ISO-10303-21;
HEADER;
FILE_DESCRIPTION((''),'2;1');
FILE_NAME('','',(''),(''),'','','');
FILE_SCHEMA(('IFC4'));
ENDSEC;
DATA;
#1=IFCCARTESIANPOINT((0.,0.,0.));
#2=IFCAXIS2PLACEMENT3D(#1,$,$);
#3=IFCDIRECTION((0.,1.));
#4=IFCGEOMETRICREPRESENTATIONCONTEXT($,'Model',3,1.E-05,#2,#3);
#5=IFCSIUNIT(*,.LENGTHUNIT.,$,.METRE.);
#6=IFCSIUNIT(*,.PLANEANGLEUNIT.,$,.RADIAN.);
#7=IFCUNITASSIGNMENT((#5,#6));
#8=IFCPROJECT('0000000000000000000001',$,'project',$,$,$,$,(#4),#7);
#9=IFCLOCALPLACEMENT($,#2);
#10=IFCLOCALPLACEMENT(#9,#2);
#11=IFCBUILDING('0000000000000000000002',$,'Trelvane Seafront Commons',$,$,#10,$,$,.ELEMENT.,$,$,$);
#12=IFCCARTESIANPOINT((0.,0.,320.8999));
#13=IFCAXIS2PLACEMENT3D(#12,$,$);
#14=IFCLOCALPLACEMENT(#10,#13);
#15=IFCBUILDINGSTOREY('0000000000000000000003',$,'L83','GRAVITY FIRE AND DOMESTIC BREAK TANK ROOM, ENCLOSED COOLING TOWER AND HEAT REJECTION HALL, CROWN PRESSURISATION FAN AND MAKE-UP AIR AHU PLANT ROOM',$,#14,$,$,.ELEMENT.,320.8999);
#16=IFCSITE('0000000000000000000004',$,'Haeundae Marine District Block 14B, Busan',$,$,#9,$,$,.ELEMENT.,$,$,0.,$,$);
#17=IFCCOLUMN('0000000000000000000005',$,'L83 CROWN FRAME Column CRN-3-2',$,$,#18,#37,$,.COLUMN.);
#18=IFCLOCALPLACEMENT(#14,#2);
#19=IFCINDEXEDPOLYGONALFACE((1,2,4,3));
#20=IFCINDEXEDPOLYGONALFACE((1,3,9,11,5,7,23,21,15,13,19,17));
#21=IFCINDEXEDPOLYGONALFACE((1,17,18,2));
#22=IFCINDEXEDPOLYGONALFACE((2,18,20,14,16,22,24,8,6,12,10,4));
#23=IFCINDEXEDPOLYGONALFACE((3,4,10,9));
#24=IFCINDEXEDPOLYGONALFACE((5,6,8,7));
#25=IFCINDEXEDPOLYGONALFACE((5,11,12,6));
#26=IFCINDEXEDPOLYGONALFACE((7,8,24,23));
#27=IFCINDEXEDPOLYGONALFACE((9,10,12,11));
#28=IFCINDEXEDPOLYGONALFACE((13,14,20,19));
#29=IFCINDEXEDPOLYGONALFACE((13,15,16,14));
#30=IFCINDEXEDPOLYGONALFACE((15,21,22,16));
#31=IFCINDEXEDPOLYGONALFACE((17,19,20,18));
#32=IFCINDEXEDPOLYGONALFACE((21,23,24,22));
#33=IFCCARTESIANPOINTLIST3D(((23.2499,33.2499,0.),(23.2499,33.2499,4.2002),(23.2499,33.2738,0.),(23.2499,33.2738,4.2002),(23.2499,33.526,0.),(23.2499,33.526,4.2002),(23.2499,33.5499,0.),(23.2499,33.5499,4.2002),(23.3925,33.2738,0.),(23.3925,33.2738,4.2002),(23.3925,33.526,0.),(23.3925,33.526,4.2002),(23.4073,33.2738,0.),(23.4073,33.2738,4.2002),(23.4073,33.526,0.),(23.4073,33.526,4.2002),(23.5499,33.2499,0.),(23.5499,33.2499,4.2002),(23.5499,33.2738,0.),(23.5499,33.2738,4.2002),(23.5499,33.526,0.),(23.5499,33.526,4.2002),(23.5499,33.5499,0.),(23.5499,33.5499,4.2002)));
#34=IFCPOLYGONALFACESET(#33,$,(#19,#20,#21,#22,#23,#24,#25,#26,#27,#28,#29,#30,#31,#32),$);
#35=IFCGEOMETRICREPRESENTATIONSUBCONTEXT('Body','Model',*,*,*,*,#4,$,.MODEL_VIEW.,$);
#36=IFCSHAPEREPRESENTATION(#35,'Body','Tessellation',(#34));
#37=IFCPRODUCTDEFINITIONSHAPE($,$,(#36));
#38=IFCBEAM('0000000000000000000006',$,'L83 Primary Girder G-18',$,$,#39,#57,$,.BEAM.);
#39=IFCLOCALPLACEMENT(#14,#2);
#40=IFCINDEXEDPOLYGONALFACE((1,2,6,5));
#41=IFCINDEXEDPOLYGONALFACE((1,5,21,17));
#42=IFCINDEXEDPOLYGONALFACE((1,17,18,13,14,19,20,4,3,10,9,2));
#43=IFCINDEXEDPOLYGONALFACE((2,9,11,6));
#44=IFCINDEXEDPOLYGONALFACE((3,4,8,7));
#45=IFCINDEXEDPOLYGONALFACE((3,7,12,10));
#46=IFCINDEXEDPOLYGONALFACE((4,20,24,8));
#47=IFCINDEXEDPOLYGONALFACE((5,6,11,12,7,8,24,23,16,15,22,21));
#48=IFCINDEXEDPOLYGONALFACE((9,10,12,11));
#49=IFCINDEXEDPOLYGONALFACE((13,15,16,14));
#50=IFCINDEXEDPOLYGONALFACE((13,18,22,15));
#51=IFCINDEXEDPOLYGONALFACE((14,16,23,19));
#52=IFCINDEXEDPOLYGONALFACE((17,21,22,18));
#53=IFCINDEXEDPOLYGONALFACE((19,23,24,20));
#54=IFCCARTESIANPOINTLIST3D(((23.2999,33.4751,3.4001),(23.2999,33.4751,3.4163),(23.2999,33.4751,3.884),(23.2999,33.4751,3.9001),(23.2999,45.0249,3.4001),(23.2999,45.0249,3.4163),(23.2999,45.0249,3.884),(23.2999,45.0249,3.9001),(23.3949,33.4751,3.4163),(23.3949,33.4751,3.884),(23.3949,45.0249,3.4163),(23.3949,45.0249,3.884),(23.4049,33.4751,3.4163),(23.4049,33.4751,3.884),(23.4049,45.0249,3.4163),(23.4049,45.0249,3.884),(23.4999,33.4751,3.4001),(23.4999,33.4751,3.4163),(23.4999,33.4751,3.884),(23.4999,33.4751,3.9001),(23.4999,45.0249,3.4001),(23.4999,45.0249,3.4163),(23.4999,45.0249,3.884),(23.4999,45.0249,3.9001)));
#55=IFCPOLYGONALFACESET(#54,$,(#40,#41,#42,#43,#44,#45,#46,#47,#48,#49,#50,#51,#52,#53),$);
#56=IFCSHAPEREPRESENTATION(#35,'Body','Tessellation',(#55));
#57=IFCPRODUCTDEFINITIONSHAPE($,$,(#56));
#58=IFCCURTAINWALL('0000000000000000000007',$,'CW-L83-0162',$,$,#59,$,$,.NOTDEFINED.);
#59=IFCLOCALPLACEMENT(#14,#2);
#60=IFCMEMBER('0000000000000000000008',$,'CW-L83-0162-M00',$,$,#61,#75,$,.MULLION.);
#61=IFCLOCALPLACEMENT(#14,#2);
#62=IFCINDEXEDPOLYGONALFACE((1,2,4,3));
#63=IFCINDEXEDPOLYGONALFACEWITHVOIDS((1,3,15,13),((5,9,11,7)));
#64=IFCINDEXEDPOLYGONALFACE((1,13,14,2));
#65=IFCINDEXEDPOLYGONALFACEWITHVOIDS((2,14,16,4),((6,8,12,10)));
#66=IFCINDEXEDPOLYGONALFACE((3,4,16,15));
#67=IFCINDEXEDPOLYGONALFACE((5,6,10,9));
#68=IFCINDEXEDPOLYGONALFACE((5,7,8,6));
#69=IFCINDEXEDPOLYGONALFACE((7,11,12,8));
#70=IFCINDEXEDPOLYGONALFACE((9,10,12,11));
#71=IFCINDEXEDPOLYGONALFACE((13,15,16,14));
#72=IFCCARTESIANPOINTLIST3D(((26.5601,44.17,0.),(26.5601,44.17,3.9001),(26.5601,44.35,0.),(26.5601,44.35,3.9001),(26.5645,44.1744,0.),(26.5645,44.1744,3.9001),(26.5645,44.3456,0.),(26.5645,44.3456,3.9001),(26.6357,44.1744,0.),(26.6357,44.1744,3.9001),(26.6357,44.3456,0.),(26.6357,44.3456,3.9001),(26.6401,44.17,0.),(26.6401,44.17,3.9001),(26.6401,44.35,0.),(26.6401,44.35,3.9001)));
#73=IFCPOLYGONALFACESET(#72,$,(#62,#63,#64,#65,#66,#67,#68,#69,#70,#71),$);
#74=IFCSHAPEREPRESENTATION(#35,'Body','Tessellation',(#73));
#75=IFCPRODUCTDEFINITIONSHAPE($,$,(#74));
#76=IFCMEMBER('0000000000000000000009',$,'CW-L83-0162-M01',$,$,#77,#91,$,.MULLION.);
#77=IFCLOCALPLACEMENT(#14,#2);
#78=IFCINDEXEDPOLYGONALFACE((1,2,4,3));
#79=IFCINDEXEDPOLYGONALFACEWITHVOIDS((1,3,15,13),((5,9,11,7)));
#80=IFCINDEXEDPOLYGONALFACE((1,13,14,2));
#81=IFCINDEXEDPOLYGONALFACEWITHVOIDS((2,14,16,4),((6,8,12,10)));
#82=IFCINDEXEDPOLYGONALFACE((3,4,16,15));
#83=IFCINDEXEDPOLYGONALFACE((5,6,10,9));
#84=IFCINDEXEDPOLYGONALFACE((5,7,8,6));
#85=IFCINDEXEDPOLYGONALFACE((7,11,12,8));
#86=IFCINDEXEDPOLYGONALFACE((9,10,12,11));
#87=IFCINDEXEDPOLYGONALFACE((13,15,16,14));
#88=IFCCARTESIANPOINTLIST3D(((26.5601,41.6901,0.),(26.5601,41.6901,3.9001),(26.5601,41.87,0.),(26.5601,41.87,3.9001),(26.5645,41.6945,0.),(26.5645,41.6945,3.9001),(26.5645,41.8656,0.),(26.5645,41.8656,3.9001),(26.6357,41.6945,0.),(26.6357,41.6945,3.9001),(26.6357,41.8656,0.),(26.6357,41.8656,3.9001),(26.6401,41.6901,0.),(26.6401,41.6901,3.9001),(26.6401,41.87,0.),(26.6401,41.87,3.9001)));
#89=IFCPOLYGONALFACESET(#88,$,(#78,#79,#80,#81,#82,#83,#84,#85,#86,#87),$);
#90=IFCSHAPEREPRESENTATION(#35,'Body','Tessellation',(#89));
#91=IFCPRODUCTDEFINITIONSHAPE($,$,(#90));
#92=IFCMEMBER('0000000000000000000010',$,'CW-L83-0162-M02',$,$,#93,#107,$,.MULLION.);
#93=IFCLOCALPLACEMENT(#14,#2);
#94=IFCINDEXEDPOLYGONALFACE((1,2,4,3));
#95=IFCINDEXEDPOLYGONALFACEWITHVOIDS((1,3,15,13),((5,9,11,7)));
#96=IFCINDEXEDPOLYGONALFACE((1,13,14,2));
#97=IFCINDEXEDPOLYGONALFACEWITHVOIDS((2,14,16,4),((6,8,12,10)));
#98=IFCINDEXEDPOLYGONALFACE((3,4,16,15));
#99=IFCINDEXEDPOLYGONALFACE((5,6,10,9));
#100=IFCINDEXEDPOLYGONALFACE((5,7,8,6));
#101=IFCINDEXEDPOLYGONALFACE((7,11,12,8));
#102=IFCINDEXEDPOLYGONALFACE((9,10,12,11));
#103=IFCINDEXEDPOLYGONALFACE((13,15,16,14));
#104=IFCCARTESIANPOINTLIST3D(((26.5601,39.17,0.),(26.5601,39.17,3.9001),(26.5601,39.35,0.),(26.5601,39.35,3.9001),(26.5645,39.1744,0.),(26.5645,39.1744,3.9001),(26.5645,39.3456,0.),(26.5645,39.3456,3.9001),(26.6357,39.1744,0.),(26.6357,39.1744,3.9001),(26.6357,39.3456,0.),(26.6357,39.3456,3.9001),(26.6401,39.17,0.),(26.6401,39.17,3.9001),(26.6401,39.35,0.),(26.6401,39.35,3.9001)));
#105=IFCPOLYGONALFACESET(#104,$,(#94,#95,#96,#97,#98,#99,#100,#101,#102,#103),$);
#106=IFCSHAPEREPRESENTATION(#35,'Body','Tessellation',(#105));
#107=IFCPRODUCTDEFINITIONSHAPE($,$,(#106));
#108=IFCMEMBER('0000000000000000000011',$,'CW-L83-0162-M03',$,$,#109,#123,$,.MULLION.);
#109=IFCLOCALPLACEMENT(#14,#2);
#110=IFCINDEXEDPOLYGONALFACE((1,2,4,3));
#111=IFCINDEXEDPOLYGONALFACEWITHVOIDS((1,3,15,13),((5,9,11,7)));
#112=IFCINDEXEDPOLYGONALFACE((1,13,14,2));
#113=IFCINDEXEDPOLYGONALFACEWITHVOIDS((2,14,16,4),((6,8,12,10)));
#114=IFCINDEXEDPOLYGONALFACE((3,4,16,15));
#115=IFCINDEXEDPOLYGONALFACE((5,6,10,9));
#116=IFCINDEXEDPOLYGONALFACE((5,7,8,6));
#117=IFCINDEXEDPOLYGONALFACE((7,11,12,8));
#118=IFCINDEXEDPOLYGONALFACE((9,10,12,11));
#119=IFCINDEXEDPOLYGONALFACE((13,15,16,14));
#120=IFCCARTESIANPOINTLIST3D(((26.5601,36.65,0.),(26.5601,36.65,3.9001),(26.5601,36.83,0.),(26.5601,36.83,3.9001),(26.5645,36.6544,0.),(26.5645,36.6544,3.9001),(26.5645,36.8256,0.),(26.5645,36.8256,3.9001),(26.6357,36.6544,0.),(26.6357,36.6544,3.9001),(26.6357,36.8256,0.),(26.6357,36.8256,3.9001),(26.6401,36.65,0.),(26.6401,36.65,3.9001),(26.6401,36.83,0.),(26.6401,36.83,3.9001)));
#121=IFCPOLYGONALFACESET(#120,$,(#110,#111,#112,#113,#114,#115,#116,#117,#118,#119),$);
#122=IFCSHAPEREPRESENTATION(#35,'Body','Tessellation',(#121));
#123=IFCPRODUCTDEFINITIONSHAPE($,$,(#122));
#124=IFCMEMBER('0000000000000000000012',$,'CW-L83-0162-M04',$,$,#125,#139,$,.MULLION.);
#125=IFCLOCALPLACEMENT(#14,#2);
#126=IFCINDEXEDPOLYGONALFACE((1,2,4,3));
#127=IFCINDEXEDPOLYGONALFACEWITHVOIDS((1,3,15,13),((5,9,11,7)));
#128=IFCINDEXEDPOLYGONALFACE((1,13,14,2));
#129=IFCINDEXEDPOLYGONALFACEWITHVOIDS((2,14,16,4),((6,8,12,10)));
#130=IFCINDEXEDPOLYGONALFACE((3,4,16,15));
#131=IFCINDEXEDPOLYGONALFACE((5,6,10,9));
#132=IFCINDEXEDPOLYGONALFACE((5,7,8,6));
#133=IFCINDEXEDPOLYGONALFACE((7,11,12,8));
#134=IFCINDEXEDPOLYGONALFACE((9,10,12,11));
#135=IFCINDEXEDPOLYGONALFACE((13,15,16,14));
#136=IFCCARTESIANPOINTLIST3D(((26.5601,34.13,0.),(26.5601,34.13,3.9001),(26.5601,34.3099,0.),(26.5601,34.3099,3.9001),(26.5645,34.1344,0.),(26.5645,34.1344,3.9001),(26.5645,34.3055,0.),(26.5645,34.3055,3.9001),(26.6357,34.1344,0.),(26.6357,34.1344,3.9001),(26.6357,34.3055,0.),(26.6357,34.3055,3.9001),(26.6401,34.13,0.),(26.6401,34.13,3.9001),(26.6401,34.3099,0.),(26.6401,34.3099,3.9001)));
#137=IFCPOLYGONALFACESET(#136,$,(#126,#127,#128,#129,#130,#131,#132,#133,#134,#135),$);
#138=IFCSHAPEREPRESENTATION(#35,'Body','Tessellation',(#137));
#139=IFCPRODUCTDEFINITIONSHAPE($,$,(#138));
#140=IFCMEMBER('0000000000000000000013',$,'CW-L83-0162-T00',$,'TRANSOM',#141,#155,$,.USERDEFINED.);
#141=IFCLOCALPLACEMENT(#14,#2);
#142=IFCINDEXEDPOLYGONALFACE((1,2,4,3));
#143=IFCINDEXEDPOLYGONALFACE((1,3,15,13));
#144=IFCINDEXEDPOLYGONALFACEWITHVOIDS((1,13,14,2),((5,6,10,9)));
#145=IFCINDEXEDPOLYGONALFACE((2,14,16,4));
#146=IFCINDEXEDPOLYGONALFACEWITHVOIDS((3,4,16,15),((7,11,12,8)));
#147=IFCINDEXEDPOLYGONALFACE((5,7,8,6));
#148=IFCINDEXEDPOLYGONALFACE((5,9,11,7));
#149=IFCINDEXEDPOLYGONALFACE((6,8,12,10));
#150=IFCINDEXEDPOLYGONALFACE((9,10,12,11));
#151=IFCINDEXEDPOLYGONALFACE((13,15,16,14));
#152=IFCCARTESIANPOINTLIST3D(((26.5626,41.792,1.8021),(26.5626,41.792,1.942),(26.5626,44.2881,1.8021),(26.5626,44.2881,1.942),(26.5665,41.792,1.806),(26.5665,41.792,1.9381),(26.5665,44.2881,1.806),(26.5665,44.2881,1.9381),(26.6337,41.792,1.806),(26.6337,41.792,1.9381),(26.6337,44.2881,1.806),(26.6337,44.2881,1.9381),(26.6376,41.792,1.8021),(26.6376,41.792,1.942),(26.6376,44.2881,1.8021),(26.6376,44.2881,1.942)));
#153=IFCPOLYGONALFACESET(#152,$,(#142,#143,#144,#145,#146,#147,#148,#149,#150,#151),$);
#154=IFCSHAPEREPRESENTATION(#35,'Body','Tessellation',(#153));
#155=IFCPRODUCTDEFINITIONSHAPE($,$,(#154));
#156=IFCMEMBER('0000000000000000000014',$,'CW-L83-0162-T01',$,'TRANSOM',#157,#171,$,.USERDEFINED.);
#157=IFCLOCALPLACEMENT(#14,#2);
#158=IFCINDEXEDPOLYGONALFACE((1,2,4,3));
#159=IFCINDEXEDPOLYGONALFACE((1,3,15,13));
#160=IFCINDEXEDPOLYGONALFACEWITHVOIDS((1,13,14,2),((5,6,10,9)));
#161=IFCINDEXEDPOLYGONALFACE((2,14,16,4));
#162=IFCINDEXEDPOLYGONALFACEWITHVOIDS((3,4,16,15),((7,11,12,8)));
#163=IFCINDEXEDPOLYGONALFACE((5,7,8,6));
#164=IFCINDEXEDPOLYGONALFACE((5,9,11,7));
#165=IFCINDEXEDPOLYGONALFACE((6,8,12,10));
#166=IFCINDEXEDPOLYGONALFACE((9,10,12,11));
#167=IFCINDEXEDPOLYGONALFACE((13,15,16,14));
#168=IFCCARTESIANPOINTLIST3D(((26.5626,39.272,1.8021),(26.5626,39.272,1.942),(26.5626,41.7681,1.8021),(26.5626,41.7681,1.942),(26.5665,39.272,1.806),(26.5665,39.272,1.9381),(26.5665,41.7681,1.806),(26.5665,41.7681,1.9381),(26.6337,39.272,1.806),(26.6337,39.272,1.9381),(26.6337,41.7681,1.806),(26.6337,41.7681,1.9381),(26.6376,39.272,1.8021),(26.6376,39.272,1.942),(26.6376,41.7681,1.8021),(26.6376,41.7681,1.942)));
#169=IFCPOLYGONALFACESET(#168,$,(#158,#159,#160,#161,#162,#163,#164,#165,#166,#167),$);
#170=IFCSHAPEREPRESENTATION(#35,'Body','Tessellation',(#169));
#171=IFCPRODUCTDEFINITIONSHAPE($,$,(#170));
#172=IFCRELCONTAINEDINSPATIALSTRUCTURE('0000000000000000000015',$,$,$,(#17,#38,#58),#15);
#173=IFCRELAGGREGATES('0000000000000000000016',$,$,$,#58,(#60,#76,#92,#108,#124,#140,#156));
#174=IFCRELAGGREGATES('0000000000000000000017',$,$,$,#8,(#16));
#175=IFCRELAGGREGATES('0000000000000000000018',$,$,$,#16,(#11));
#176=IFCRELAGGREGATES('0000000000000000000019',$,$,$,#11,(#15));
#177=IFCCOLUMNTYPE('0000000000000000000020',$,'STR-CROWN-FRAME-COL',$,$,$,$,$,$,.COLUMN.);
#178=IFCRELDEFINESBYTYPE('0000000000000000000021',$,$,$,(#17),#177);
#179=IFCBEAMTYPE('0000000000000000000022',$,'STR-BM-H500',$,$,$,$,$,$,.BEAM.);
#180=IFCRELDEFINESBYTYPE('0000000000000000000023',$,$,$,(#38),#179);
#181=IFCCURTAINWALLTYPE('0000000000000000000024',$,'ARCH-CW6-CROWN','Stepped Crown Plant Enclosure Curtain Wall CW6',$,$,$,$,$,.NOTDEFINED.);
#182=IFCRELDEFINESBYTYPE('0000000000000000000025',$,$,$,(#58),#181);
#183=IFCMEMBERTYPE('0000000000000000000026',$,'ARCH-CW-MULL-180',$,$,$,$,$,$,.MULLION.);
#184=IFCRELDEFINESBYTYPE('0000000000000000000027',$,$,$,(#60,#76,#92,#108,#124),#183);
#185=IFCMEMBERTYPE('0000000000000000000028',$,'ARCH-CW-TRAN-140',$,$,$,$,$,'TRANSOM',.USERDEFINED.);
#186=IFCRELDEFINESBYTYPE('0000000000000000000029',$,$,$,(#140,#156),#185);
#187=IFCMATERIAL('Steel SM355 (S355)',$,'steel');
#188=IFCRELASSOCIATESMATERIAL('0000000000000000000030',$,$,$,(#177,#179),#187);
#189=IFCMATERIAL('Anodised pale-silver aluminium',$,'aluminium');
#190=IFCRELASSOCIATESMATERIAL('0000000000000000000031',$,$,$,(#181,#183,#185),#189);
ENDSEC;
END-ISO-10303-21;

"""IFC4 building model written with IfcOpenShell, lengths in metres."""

from ifc_helpers import new_model, si_unit, direction, frame, origin, origin_2d, place, context, subcontext, project, spatial, hollow_rectangle, i_section, extrude, source, transform, mapped, material, material_profile, profile_set, type_object, element, aggregate, save


model = new_model("IFC4")

# Units and contexts
model_context = context("Model", 3, precision=1e-05, world=origin(), true_north=direction((0.0, 1.0)))
body_context = subcontext(model_context, "Body", "Model", "MODEL_VIEW")
ifc_project = project(units=[si_unit("LENGTHUNIT", "METRE"), si_unit("PLANEANGLEUNIT", "RADIAN")], contexts=[model_context])

# Site, building, storey
site_placement = place(None, origin())
site = spatial("IfcSite", under=ifc_project, at=site_placement, Name="Haeundae Marine District Block 14B, Busan", CompositionType="ELEMENT", RefElevation=0.0)
building_placement = place(site_placement, origin())
building = spatial("IfcBuilding", under=site, at=building_placement, Name="Trelvane Seafront Commons", CompositionType="ELEMENT")
storey_placement = place(building_placement, frame((0.0, 0.0, 320.8999)))
storey = spatial("IfcBuildingStorey", under=building, at=storey_placement, Name="L83", Description="GRAVITY FIRE AND DOMESTIC BREAK TANK ROOM, ENCLOSED COOLING TOWER AND HEAT REJECTION HALL, CROWN PRESSURISATION FAN AND MAKE-UP AIR AHU PLANT ROOM", CompositionType="ELEMENT", Elevation=320.8999)

# Column
ifc_material_1 = material(Name="Steel SM355 (S355)", Category="steel")
ifc_material_profile_1 = material_profile(ifc_material_1, i_section(OverallWidth=0.3, OverallDepth=0.3, WebThickness=0.0149, FlangeThickness=0.0239, at=origin_2d()), Name="HD-300x300x15x24")
ifc_profile_set_1 = profile_set([ifc_material_profile_1], Name="Steel SM355 (S355)")
column_type = type_object("IfcColumnType", Name="STR-CROWN-FRAME-COL", PredefinedType="COLUMN", material=ifc_profile_set_1)
shared_shape_1 = source(origin(), body_context, "Body", "SweptSolid", [
    extrude(i_section(OverallWidth=0.3, OverallDepth=0.3, WebThickness=0.0149, FlangeThickness=0.0239, at=origin_2d()), origin(), (0.0, 0.0, 1.0), 4.2002),
])
column_placement = place(storey_placement, frame((23.3999, 33.3999, 0.0), z_axis=(0.0, 0.0, 1.0), x_axis=(1.0, 0.0, 0.0)))
element("IfcColumn", 1, at=column_placement, inside=storey, type_object=column_type, Name="L83 CROWN FRAME Column CRN-3-2", PredefinedType="COLUMN", context=body_context, shape_type="MappedRepresentation", body=[
    mapped(shared_shape_1, transform((0.0, 0.0, 0.0), x_axis=(1.0, 0.0, 0.0), y_axis=(0.0, 1.0, 0.0), z_axis=(0.0, 0.0, 1.0), scale=1.0)),
])

# Beam
ifc_material_profile_2 = material_profile(ifc_material_1, i_section(OverallWidth=0.2, OverallDepth=0.5, WebThickness=0.01, FlangeThickness=0.0161, at=origin_2d()), Name="H-500x200x10x16")
ifc_profile_set_2 = profile_set([ifc_material_profile_2], Name="Steel SM355 (S355)")
beam_type = type_object("IfcBeamType", Name="STR-BM-H500", PredefinedType="BEAM", material=ifc_profile_set_2)
shared_shape_2 = source(origin(), body_context, "Body", "SweptSolid", [
    extrude(i_section(OverallWidth=0.2, OverallDepth=0.5, WebThickness=0.01, FlangeThickness=0.0161, at=origin_2d()), origin(), (0.0, 0.0, 1.0), 11.5498),
])
beam_placement = place(storey_placement, frame((23.3999, 33.4751, 3.6501), z_axis=(0.0, 1.0, 0.0), x_axis=(-1.0, 0.0, 0.0)))
element("IfcBeam", 2, at=beam_placement, inside=storey, type_object=beam_type, Name="L83 Primary Girder G-18", PredefinedType="BEAM", context=body_context, shape_type="MappedRepresentation", body=[
    mapped(shared_shape_2, transform((0.0, 0.0, 0.0), x_axis=(1.0, 0.0, 0.0), y_axis=(0.0, 1.0, 0.0), z_axis=(0.0, 0.0, 1.0), scale=1.0)),
])

# Curtain wall, members
ifc_material_2 = material(Name="Anodised pale-silver aluminium", Category="aluminium")
curtain_wall_type = type_object("IfcCurtainWallType", Name="ARCH-CW6-CROWN", Description="Stepped Crown Plant Enclosure Curtain Wall CW6", PredefinedType="NOTDEFINED", material=ifc_material_2)
curtain_wall_placement = place(storey_placement, origin())
curtain_wall = element("IfcCurtainWall", 3, at=curtain_wall_placement, inside=storey, type_object=curtain_wall_type, Name="CW-L83-0162", PredefinedType="NOTDEFINED")
ifc_material_profile_3 = material_profile(ifc_material_2, hollow_rectangle(XDim=0.0801, YDim=0.1799, WallThickness=0.0044, at=origin_2d()), Name="MULL-80x180x4.5")
ifc_profile_set_3 = profile_set([ifc_material_profile_3], Name="Anodised pale-silver aluminium")
member_type_1 = type_object("IfcMemberType", Name="ARCH-CW-MULL-180", PredefinedType="MULLION", material=ifc_profile_set_3)
shared_shape_3 = source(origin(), body_context, "Body", "SweptSolid", [
    extrude(hollow_rectangle(XDim=0.0801, YDim=0.1799, WallThickness=0.0044, at=origin_2d()), origin(), (0.0, 0.0, 1.0), 3.9001),
])
member_1_placement = place(storey_placement, frame((26.6001, 44.26, 0.0), z_axis=(0.0, 0.0, 1.0), x_axis=(1.0, 0.0, 0.0)))
member_1 = element("IfcMember", 4, at=member_1_placement, type_object=member_type_1, Name="CW-L83-0162-M00", PredefinedType="MULLION", context=body_context, shape_type="MappedRepresentation", body=[
    mapped(shared_shape_3, transform((0.0, 0.0, 0.0), x_axis=(1.0, 0.0, 0.0), y_axis=(0.0, 1.0, 0.0), z_axis=(0.0, 0.0, 1.0), scale=1.0)),
])
member_2_placement = place(storey_placement, frame((26.6001, 41.78, 0.0), z_axis=(0.0, 0.0, 1.0), x_axis=(1.0, 0.0, 0.0)))
member_2 = element("IfcMember", 5, at=member_2_placement, type_object=member_type_1, Name="CW-L83-0162-M01", PredefinedType="MULLION", context=body_context, shape_type="MappedRepresentation", body=[
    mapped(shared_shape_3, transform((0.0, 0.0, 0.0), x_axis=(1.0, 0.0, 0.0), y_axis=(0.0, 1.0, 0.0), z_axis=(0.0, 0.0, 1.0), scale=1.0)),
])
member_3_placement = place(storey_placement, frame((26.6001, 39.26, 0.0), z_axis=(0.0, 0.0, 1.0), x_axis=(1.0, 0.0, 0.0)))
member_3 = element("IfcMember", 6, at=member_3_placement, type_object=member_type_1, Name="CW-L83-0162-M02", PredefinedType="MULLION", context=body_context, shape_type="MappedRepresentation", body=[
    mapped(shared_shape_3, transform((0.0, 0.0, 0.0), x_axis=(1.0, 0.0, 0.0), y_axis=(0.0, 1.0, 0.0), z_axis=(0.0, 0.0, 1.0), scale=1.0)),
])
member_4_placement = place(storey_placement, frame((26.6001, 36.74, 0.0), z_axis=(0.0, 0.0, 1.0), x_axis=(1.0, 0.0, 0.0)))
member_4 = element("IfcMember", 7, at=member_4_placement, type_object=member_type_1, Name="CW-L83-0162-M03", PredefinedType="MULLION", context=body_context, shape_type="MappedRepresentation", body=[
    mapped(shared_shape_3, transform((0.0, 0.0, 0.0), x_axis=(1.0, 0.0, 0.0), y_axis=(0.0, 1.0, 0.0), z_axis=(0.0, 0.0, 1.0), scale=1.0)),
])
member_5_placement = place(storey_placement, frame((26.6001, 34.22, 0.0), z_axis=(0.0, 0.0, 1.0), x_axis=(1.0, 0.0, 0.0)))
member_5 = element("IfcMember", 8, at=member_5_placement, type_object=member_type_1, Name="CW-L83-0162-M04", PredefinedType="MULLION", context=body_context, shape_type="MappedRepresentation", body=[
    mapped(shared_shape_3, transform((0.0, 0.0, 0.0), x_axis=(1.0, 0.0, 0.0), y_axis=(0.0, 1.0, 0.0), z_axis=(0.0, 0.0, 1.0), scale=1.0)),
])
ifc_material_profile_4 = material_profile(ifc_material_2, hollow_rectangle(XDim=0.075, YDim=0.1399, WallThickness=0.0039, at=origin_2d()), Name="TRAN-75x140x4")
ifc_profile_set_4 = profile_set([ifc_material_profile_4], Name="Anodised pale-silver aluminium")
member_type_2 = type_object("IfcMemberType", Name="ARCH-CW-TRAN-140", ElementType="TRANSOM", PredefinedType="USERDEFINED", material=ifc_profile_set_4)
shared_shape_4 = source(origin(), body_context, "Body", "SweptSolid", [
    extrude(hollow_rectangle(XDim=0.075, YDim=0.1399, WallThickness=0.0039, at=origin_2d()), origin(), (0.0, 0.0, 1.0), 2.4961),
])
member_6_placement = place(storey_placement, frame((26.6001, 44.2881, 1.8721), z_axis=(0.0, -1.0, 0.0), x_axis=(1.0, 0.0, 0.0)))
member_6 = element("IfcMember", 9, at=member_6_placement, type_object=member_type_2, Name="CW-L83-0162-T00", ObjectType="TRANSOM", PredefinedType="USERDEFINED", context=body_context, shape_type="MappedRepresentation", body=[
    mapped(shared_shape_4, transform((0.0, 0.0, 0.0), x_axis=(1.0, 0.0, 0.0), y_axis=(0.0, 1.0, 0.0), z_axis=(0.0, 0.0, 1.0), scale=1.0)),
])
member_7_placement = place(storey_placement, frame((26.6001, 41.7681, 1.8721), z_axis=(0.0, -1.0, 0.0), x_axis=(1.0, 0.0, 0.0)))
member_7 = element("IfcMember", 10, at=member_7_placement, type_object=member_type_2, Name="CW-L83-0162-T01", ObjectType="TRANSOM", PredefinedType="USERDEFINED", context=body_context, shape_type="MappedRepresentation", body=[
    mapped(shared_shape_4, transform((0.0, 0.0, 0.0), x_axis=(1.0, 0.0, 0.0), y_axis=(0.0, 1.0, 0.0), z_axis=(0.0, 0.0, 1.0), scale=1.0)),
])
aggregate(curtain_wall, [member_1, member_2, member_3, member_4, member_5, member_6, member_7])

save(model, "model.ifc")
